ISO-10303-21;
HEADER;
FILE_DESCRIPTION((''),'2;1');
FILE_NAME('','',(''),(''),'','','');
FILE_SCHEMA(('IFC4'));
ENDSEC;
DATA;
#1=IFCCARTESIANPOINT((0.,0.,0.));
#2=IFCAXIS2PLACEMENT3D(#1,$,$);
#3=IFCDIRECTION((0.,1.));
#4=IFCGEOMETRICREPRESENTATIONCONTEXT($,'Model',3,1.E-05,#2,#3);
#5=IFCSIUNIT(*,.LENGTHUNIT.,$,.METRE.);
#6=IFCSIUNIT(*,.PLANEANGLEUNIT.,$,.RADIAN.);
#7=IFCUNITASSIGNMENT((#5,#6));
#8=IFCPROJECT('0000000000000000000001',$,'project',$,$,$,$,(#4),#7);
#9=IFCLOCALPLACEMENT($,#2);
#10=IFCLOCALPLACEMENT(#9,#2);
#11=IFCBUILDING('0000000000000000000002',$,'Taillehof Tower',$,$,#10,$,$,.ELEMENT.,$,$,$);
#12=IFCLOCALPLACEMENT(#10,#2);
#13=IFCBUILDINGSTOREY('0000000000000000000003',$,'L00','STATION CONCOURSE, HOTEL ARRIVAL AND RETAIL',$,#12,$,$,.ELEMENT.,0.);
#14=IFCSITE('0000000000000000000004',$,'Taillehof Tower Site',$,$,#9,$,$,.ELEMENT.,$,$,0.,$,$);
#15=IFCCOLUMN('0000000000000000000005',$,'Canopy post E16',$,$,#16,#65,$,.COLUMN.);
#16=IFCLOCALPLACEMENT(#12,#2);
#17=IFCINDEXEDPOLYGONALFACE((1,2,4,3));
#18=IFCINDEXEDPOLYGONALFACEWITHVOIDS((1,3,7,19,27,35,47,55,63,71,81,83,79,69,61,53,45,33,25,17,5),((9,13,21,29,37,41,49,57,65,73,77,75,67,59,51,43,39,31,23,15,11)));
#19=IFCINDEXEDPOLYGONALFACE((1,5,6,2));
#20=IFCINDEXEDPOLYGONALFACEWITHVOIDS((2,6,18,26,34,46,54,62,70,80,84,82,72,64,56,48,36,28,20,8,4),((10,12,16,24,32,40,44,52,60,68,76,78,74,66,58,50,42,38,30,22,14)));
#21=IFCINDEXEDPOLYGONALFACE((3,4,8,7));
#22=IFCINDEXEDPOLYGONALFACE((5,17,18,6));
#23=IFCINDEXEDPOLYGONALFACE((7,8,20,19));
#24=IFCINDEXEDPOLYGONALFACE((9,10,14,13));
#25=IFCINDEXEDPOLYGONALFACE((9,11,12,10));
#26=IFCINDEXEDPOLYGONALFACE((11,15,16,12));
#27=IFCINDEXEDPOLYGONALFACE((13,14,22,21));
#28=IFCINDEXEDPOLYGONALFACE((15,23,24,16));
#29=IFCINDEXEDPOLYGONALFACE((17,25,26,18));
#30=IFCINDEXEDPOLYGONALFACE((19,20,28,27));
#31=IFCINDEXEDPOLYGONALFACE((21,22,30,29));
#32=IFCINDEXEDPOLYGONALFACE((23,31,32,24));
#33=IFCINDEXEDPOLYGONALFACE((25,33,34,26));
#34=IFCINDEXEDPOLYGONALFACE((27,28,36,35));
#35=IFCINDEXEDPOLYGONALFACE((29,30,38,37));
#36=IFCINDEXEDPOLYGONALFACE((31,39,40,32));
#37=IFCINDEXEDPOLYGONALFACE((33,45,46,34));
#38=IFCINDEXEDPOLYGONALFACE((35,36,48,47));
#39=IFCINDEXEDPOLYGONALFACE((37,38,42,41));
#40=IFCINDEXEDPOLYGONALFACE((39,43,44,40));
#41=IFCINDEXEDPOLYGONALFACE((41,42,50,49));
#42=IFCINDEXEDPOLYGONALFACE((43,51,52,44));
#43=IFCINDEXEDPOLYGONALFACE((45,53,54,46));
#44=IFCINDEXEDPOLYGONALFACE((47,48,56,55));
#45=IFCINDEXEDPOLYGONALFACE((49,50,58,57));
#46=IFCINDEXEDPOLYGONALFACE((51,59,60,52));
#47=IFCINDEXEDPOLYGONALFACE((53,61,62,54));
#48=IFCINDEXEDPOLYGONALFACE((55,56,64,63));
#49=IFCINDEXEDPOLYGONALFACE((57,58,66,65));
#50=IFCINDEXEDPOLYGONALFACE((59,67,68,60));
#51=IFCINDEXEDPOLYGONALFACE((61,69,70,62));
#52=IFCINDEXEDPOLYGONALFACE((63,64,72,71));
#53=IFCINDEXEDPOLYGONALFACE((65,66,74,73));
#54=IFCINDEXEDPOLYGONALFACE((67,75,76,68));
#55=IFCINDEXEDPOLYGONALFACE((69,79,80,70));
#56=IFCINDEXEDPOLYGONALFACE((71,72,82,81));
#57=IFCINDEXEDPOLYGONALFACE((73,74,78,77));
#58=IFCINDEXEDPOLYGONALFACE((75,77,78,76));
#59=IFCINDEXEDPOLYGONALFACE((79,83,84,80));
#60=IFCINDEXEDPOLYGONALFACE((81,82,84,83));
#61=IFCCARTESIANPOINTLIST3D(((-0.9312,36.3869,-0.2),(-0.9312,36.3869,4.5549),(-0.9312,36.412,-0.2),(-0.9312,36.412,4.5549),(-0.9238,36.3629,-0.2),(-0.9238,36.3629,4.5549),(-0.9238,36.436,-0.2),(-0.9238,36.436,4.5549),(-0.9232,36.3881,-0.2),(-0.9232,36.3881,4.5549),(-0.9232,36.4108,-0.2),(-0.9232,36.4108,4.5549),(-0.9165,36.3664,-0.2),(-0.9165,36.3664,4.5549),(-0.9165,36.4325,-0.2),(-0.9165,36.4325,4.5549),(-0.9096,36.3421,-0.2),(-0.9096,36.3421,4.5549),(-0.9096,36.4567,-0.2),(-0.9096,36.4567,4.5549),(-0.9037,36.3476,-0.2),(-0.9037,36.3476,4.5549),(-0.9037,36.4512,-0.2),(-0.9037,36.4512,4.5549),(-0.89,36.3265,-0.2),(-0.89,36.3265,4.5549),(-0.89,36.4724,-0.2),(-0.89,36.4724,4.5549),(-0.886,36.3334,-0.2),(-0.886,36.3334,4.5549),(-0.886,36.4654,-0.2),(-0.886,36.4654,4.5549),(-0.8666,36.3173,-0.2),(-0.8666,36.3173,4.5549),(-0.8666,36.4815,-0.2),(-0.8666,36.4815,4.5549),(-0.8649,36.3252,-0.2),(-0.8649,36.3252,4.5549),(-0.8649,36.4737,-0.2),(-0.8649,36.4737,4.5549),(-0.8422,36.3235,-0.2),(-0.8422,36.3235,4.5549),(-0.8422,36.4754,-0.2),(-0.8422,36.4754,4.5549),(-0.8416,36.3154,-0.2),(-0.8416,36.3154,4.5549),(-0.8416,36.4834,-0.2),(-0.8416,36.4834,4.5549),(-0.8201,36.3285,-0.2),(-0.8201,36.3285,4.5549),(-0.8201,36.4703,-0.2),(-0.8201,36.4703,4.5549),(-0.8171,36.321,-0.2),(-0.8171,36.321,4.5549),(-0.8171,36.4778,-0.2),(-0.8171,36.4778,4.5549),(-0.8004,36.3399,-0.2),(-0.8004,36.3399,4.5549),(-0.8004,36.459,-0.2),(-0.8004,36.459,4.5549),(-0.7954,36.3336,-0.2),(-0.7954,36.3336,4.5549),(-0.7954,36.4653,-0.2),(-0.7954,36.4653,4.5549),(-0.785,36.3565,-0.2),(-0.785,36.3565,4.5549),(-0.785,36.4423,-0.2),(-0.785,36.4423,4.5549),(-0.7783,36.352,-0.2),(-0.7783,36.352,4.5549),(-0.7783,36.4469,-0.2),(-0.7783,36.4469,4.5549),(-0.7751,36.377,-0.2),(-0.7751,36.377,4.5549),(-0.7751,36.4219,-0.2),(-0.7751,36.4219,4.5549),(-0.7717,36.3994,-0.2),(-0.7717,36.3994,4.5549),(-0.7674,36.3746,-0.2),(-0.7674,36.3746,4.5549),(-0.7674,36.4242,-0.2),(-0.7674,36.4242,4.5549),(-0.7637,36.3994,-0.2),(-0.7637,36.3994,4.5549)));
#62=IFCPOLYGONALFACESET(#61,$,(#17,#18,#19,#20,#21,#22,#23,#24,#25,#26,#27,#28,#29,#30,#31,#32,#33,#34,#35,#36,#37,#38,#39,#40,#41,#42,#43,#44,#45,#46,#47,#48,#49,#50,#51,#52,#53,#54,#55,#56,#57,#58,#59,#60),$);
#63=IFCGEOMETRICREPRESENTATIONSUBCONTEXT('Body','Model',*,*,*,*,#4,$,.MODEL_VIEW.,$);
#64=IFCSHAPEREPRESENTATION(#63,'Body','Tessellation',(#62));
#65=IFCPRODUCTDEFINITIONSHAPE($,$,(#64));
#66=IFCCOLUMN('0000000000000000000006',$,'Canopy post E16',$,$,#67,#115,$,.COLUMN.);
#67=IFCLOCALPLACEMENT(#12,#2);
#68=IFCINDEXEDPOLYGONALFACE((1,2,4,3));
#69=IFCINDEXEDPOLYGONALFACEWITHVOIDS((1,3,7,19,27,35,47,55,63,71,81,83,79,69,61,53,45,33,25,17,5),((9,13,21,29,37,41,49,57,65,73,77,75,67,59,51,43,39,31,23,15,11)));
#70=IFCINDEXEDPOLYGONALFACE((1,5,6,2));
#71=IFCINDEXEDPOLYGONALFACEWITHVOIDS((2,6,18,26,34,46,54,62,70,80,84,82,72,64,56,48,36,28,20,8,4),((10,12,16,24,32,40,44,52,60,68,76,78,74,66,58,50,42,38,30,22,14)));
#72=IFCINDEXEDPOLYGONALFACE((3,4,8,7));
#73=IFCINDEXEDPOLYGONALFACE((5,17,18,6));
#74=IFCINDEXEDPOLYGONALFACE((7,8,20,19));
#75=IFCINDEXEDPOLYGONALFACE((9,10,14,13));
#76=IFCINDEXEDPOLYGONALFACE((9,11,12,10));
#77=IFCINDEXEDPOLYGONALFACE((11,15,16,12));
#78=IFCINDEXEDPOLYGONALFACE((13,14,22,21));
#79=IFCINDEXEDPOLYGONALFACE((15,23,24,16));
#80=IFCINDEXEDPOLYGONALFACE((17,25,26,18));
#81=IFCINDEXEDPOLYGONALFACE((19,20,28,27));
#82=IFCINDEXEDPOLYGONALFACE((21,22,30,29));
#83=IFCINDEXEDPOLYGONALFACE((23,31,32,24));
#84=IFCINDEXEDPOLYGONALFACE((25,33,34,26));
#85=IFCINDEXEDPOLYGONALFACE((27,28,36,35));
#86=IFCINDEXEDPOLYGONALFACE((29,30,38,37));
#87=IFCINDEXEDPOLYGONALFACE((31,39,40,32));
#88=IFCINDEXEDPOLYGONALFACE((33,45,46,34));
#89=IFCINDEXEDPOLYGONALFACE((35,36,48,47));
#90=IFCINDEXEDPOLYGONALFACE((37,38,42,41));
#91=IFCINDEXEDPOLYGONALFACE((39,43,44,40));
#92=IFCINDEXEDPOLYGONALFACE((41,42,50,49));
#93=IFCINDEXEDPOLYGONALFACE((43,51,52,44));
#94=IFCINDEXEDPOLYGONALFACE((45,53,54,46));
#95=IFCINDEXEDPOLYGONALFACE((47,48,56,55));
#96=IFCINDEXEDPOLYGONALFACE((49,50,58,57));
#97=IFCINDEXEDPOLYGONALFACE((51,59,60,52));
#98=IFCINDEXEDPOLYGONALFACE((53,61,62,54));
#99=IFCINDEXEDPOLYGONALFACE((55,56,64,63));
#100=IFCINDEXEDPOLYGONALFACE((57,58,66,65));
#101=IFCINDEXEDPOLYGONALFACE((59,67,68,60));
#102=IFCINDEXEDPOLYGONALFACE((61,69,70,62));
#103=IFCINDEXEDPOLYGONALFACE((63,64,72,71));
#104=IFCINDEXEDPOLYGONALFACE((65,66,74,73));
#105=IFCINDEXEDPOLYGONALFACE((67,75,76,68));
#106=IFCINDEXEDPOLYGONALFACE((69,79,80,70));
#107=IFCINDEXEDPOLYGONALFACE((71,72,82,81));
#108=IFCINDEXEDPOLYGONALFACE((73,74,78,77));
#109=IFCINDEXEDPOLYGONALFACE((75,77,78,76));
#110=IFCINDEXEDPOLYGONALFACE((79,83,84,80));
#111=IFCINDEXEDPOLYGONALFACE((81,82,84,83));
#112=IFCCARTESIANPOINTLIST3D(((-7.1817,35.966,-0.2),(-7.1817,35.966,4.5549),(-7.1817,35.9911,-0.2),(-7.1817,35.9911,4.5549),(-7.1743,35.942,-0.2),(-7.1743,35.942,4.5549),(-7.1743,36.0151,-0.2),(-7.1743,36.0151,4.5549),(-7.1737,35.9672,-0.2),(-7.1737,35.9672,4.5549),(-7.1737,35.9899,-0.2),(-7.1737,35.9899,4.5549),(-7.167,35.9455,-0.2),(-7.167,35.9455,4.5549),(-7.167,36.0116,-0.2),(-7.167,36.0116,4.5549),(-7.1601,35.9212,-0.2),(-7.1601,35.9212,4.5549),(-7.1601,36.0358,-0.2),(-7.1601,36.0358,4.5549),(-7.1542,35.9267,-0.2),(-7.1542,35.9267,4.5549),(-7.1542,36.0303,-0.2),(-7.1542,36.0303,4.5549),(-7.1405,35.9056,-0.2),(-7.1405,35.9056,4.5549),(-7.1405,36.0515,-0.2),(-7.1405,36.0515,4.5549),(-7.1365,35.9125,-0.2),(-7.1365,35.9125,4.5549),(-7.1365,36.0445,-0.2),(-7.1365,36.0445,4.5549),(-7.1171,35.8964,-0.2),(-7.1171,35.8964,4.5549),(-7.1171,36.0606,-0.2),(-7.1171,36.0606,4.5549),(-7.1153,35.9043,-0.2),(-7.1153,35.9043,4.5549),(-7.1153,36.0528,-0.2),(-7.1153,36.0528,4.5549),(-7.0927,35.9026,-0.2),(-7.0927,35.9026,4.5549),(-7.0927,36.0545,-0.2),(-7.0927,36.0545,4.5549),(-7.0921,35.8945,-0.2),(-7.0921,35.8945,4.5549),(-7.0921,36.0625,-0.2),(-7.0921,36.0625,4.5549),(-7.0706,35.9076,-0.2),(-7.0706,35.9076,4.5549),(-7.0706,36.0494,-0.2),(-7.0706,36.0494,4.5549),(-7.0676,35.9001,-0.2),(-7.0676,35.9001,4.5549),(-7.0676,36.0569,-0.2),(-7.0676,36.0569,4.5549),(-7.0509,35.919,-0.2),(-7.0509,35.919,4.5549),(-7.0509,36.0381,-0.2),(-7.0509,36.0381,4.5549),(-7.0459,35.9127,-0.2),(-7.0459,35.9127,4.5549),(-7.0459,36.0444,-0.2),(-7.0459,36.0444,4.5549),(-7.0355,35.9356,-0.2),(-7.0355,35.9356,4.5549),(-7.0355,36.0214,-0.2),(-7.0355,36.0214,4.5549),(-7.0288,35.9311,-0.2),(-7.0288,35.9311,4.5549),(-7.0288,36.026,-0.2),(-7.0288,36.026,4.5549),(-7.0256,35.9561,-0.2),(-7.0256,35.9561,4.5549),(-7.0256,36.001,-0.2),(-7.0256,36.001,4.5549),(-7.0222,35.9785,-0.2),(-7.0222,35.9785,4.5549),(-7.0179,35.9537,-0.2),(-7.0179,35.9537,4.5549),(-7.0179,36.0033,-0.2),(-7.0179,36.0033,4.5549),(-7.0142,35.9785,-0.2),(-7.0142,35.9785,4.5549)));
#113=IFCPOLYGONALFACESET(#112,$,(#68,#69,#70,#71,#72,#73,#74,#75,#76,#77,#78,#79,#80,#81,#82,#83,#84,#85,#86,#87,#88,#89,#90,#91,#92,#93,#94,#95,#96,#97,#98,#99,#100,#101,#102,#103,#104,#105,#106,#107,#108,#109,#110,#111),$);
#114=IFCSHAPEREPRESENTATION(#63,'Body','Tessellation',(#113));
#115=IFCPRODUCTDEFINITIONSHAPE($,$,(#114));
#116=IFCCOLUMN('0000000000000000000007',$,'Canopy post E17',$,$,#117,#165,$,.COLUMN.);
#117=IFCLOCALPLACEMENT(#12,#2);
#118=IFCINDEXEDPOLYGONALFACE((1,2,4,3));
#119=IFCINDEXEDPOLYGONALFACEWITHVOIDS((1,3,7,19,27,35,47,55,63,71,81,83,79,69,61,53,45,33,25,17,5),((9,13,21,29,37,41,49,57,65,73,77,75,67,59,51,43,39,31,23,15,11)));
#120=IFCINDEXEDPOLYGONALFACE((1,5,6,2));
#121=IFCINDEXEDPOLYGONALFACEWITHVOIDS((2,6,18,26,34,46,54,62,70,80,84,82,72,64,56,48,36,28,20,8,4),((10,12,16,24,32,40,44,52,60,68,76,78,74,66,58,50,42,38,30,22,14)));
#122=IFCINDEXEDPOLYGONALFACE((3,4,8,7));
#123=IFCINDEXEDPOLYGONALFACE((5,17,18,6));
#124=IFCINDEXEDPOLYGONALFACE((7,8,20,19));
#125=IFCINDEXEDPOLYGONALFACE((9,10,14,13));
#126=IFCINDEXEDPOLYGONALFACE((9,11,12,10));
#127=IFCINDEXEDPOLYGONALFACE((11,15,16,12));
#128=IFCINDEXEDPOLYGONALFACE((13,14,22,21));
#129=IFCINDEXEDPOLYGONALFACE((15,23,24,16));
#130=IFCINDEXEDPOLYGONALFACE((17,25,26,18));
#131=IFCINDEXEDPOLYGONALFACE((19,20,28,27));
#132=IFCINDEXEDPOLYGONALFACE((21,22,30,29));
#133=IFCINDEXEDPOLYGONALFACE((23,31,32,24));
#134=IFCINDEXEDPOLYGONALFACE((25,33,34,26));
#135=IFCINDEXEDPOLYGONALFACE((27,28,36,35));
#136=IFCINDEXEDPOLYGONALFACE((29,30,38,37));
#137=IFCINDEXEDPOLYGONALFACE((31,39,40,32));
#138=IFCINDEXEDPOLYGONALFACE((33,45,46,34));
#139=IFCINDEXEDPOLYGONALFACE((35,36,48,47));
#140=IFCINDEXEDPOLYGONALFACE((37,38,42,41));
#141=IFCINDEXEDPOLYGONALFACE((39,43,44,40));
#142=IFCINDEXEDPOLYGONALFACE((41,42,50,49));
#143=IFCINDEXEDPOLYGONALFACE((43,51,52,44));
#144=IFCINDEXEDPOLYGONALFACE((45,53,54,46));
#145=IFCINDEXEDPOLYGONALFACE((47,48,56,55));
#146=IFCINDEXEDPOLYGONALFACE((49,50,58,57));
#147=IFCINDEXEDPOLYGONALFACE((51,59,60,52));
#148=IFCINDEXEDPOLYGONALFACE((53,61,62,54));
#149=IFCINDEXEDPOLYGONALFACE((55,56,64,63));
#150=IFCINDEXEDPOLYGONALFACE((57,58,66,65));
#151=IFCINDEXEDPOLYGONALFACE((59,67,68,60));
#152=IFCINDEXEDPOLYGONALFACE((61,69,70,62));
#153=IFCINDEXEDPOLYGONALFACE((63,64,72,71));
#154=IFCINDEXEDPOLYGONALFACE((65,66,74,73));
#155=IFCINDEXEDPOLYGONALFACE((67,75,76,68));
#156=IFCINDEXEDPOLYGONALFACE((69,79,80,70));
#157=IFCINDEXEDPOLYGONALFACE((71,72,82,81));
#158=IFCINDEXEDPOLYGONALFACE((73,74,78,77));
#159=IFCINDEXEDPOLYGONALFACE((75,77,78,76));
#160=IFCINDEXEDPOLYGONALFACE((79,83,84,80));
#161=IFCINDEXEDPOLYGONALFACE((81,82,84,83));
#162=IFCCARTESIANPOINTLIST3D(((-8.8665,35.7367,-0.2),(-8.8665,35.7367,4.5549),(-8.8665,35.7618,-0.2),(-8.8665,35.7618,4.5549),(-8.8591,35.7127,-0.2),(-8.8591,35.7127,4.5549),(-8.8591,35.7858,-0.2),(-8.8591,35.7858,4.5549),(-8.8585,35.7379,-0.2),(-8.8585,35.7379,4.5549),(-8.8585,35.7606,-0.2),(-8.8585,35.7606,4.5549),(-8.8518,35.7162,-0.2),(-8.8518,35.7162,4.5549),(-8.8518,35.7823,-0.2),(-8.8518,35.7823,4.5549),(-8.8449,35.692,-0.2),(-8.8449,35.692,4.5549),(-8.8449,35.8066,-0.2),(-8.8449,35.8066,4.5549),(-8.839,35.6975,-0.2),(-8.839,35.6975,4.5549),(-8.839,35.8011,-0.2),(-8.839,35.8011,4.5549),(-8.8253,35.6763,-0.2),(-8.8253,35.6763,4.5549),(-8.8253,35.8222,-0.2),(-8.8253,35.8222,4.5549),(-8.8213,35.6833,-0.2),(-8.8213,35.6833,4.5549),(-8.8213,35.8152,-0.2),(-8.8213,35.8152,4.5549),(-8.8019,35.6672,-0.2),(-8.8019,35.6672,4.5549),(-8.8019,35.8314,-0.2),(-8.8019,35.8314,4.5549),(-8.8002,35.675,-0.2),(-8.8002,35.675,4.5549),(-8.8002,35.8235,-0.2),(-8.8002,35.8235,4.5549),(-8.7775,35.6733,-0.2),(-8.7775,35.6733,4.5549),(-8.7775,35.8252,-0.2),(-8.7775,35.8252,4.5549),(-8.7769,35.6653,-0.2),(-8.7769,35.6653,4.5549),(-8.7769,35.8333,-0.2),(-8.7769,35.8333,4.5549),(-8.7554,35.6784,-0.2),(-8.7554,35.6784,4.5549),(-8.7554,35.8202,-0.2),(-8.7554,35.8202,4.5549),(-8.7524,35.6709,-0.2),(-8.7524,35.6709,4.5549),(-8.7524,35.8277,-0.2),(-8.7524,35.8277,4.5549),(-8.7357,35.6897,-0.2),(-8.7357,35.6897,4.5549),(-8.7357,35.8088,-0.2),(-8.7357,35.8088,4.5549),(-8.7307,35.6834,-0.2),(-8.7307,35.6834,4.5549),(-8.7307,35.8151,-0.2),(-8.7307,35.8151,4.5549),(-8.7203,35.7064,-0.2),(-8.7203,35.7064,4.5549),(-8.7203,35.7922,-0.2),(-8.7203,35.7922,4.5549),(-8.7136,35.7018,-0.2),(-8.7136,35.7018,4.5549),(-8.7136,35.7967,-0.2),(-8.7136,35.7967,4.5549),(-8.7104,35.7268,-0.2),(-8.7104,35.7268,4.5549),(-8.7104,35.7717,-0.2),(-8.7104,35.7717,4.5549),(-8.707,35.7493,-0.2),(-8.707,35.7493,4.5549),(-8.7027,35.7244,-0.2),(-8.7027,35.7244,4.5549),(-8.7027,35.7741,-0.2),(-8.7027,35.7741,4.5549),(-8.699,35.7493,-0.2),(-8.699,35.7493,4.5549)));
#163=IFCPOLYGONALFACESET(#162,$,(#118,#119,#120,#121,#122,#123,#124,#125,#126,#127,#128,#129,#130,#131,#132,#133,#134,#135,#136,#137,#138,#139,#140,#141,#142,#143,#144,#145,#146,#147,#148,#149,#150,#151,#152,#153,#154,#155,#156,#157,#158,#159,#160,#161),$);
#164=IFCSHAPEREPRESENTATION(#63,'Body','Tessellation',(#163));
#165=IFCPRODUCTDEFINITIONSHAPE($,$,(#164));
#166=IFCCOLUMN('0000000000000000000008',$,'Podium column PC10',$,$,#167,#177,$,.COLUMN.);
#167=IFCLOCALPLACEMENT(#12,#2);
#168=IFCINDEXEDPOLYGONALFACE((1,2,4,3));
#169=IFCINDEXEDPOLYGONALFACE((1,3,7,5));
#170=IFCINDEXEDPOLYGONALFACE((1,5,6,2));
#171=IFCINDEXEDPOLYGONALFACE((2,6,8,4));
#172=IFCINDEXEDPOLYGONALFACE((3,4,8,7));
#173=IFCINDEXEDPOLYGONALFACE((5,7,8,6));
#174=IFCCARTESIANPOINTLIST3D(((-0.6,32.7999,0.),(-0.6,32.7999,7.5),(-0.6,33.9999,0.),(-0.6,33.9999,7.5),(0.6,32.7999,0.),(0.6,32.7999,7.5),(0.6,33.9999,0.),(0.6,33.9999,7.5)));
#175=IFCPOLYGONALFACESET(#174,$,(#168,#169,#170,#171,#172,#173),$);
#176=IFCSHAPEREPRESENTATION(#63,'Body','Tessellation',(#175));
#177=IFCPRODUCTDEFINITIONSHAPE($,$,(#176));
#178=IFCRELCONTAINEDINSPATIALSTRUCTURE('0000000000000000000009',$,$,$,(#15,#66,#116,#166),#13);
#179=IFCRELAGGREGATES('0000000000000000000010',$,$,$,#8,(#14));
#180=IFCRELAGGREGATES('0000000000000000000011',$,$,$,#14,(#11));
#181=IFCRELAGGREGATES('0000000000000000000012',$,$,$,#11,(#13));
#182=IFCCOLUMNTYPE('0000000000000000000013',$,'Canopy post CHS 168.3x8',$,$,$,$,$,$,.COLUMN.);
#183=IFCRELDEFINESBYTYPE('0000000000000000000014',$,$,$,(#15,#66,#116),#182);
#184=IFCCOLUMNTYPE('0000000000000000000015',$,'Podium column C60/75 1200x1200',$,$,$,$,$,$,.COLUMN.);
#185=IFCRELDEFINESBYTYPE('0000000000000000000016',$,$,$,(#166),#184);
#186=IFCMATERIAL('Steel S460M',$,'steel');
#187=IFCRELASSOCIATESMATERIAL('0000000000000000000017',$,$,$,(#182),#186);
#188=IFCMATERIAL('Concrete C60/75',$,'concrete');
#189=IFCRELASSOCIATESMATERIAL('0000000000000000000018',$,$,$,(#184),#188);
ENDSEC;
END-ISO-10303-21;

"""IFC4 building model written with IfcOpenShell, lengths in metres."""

from ifc_helpers import new_model, si_unit, direction, frame, origin, origin_2d, place, context, subcontext, project, spatial, rectangle, hollow_circle, extrude, material, material_profile, profile_set, type_object, element, save


model = new_model("IFC4")

# Units and contexts
model_context = context("Model", 3, precision=1e-05, world=origin(), true_north=direction((0.0, 1.0)))
body_context = subcontext(model_context, "Body", "Model", "MODEL_VIEW")
ifc_project = project(units=[si_unit("LENGTHUNIT", "METRE"), si_unit("PLANEANGLEUNIT", "RADIAN")], contexts=[model_context])

# Site, building, storey
site_placement = place(None, origin())
site = spatial("IfcSite", under=ifc_project, at=site_placement, Name="Taillehof Tower Site", CompositionType="ELEMENT", RefElevation=0.0)
building_placement = place(site_placement, origin())
building = spatial("IfcBuilding", under=site, at=building_placement, Name="Taillehof Tower", CompositionType="ELEMENT")
storey_placement = place(building_placement, origin())
storey = spatial("IfcBuildingStorey", under=building, at=storey_placement, Name="L00", Description="STATION CONCOURSE, HOTEL ARRIVAL AND RETAIL", CompositionType="ELEMENT", Elevation=0.0)

# Columns
ifc_material_1 = material(Name="Steel S460M", Category="steel")
ifc_material_profile_1 = material_profile(ifc_material_1, hollow_circle(Radius=0.0842, WallThickness=0.0081, at=origin_2d()), Name="CHS 168.3x8")
ifc_profile_set_1 = profile_set([ifc_material_profile_1], Name="Steel S460M")
column_type_1 = type_object("IfcColumnType", Name="Canopy post CHS 168.3x8", PredefinedType="COLUMN", material=ifc_profile_set_1)
for number, where, z_axis, x_axis, name in (
    (1, (-0.8479, 36.3994, -0.2), (0.0, 0.0, 1.0), (1.0, 0.0, 0.0), "Canopy post E16"),
    (2, (-7.0984, 35.9785, -0.2), (0.0, 0.0, 1.0), (1.0, 0.0, 0.0), "Canopy post E16"),
    (3, (-8.7832, 35.7493, -0.2), (0.0, 0.0, 1.0), (1.0, 0.0, 0.0), "Canopy post E17"),
):
    element("IfcColumn", number, at=place(storey_placement, frame(where, z_axis=z_axis, x_axis=x_axis)), inside=storey, type_object=column_type_1, Name=name, PredefinedType="COLUMN", context=body_context, shape_type="SweptSolid", body=[
        extrude(hollow_circle(Radius=0.0842, WallThickness=0.0081, at=origin_2d()), origin(), (0.0, 0.0, 1.0), 4.7549),
    ])
ifc_material_2 = material(Name="Concrete C60/75", Category="concrete")
ifc_material_profile_2 = material_profile(ifc_material_2, rectangle(XDim=1.2, YDim=1.2, at=origin_2d()), Name="RC 1200x1200")
ifc_profile_set_2 = profile_set([ifc_material_profile_2], Name="Concrete C60/75")
column_type_2 = type_object("IfcColumnType", Name="Podium column C60/75 1200x1200", PredefinedType="COLUMN", material=ifc_profile_set_2)
column_placement = place(storey_placement, frame((0.0, 33.3999, 0.0), z_axis=(0.0, 0.0, 1.0), x_axis=(0.0, 1.0, 0.0)))
element("IfcColumn", 4, at=column_placement, inside=storey, type_object=column_type_2, Name="Podium column PC10", PredefinedType="COLUMN", context=body_context, shape_type="SweptSolid", body=[
    extrude(rectangle(XDim=1.2, YDim=1.2, at=origin_2d()), origin(), (0.0, 0.0, 1.0), 7.5),
])

save(model, "model.ifc")
